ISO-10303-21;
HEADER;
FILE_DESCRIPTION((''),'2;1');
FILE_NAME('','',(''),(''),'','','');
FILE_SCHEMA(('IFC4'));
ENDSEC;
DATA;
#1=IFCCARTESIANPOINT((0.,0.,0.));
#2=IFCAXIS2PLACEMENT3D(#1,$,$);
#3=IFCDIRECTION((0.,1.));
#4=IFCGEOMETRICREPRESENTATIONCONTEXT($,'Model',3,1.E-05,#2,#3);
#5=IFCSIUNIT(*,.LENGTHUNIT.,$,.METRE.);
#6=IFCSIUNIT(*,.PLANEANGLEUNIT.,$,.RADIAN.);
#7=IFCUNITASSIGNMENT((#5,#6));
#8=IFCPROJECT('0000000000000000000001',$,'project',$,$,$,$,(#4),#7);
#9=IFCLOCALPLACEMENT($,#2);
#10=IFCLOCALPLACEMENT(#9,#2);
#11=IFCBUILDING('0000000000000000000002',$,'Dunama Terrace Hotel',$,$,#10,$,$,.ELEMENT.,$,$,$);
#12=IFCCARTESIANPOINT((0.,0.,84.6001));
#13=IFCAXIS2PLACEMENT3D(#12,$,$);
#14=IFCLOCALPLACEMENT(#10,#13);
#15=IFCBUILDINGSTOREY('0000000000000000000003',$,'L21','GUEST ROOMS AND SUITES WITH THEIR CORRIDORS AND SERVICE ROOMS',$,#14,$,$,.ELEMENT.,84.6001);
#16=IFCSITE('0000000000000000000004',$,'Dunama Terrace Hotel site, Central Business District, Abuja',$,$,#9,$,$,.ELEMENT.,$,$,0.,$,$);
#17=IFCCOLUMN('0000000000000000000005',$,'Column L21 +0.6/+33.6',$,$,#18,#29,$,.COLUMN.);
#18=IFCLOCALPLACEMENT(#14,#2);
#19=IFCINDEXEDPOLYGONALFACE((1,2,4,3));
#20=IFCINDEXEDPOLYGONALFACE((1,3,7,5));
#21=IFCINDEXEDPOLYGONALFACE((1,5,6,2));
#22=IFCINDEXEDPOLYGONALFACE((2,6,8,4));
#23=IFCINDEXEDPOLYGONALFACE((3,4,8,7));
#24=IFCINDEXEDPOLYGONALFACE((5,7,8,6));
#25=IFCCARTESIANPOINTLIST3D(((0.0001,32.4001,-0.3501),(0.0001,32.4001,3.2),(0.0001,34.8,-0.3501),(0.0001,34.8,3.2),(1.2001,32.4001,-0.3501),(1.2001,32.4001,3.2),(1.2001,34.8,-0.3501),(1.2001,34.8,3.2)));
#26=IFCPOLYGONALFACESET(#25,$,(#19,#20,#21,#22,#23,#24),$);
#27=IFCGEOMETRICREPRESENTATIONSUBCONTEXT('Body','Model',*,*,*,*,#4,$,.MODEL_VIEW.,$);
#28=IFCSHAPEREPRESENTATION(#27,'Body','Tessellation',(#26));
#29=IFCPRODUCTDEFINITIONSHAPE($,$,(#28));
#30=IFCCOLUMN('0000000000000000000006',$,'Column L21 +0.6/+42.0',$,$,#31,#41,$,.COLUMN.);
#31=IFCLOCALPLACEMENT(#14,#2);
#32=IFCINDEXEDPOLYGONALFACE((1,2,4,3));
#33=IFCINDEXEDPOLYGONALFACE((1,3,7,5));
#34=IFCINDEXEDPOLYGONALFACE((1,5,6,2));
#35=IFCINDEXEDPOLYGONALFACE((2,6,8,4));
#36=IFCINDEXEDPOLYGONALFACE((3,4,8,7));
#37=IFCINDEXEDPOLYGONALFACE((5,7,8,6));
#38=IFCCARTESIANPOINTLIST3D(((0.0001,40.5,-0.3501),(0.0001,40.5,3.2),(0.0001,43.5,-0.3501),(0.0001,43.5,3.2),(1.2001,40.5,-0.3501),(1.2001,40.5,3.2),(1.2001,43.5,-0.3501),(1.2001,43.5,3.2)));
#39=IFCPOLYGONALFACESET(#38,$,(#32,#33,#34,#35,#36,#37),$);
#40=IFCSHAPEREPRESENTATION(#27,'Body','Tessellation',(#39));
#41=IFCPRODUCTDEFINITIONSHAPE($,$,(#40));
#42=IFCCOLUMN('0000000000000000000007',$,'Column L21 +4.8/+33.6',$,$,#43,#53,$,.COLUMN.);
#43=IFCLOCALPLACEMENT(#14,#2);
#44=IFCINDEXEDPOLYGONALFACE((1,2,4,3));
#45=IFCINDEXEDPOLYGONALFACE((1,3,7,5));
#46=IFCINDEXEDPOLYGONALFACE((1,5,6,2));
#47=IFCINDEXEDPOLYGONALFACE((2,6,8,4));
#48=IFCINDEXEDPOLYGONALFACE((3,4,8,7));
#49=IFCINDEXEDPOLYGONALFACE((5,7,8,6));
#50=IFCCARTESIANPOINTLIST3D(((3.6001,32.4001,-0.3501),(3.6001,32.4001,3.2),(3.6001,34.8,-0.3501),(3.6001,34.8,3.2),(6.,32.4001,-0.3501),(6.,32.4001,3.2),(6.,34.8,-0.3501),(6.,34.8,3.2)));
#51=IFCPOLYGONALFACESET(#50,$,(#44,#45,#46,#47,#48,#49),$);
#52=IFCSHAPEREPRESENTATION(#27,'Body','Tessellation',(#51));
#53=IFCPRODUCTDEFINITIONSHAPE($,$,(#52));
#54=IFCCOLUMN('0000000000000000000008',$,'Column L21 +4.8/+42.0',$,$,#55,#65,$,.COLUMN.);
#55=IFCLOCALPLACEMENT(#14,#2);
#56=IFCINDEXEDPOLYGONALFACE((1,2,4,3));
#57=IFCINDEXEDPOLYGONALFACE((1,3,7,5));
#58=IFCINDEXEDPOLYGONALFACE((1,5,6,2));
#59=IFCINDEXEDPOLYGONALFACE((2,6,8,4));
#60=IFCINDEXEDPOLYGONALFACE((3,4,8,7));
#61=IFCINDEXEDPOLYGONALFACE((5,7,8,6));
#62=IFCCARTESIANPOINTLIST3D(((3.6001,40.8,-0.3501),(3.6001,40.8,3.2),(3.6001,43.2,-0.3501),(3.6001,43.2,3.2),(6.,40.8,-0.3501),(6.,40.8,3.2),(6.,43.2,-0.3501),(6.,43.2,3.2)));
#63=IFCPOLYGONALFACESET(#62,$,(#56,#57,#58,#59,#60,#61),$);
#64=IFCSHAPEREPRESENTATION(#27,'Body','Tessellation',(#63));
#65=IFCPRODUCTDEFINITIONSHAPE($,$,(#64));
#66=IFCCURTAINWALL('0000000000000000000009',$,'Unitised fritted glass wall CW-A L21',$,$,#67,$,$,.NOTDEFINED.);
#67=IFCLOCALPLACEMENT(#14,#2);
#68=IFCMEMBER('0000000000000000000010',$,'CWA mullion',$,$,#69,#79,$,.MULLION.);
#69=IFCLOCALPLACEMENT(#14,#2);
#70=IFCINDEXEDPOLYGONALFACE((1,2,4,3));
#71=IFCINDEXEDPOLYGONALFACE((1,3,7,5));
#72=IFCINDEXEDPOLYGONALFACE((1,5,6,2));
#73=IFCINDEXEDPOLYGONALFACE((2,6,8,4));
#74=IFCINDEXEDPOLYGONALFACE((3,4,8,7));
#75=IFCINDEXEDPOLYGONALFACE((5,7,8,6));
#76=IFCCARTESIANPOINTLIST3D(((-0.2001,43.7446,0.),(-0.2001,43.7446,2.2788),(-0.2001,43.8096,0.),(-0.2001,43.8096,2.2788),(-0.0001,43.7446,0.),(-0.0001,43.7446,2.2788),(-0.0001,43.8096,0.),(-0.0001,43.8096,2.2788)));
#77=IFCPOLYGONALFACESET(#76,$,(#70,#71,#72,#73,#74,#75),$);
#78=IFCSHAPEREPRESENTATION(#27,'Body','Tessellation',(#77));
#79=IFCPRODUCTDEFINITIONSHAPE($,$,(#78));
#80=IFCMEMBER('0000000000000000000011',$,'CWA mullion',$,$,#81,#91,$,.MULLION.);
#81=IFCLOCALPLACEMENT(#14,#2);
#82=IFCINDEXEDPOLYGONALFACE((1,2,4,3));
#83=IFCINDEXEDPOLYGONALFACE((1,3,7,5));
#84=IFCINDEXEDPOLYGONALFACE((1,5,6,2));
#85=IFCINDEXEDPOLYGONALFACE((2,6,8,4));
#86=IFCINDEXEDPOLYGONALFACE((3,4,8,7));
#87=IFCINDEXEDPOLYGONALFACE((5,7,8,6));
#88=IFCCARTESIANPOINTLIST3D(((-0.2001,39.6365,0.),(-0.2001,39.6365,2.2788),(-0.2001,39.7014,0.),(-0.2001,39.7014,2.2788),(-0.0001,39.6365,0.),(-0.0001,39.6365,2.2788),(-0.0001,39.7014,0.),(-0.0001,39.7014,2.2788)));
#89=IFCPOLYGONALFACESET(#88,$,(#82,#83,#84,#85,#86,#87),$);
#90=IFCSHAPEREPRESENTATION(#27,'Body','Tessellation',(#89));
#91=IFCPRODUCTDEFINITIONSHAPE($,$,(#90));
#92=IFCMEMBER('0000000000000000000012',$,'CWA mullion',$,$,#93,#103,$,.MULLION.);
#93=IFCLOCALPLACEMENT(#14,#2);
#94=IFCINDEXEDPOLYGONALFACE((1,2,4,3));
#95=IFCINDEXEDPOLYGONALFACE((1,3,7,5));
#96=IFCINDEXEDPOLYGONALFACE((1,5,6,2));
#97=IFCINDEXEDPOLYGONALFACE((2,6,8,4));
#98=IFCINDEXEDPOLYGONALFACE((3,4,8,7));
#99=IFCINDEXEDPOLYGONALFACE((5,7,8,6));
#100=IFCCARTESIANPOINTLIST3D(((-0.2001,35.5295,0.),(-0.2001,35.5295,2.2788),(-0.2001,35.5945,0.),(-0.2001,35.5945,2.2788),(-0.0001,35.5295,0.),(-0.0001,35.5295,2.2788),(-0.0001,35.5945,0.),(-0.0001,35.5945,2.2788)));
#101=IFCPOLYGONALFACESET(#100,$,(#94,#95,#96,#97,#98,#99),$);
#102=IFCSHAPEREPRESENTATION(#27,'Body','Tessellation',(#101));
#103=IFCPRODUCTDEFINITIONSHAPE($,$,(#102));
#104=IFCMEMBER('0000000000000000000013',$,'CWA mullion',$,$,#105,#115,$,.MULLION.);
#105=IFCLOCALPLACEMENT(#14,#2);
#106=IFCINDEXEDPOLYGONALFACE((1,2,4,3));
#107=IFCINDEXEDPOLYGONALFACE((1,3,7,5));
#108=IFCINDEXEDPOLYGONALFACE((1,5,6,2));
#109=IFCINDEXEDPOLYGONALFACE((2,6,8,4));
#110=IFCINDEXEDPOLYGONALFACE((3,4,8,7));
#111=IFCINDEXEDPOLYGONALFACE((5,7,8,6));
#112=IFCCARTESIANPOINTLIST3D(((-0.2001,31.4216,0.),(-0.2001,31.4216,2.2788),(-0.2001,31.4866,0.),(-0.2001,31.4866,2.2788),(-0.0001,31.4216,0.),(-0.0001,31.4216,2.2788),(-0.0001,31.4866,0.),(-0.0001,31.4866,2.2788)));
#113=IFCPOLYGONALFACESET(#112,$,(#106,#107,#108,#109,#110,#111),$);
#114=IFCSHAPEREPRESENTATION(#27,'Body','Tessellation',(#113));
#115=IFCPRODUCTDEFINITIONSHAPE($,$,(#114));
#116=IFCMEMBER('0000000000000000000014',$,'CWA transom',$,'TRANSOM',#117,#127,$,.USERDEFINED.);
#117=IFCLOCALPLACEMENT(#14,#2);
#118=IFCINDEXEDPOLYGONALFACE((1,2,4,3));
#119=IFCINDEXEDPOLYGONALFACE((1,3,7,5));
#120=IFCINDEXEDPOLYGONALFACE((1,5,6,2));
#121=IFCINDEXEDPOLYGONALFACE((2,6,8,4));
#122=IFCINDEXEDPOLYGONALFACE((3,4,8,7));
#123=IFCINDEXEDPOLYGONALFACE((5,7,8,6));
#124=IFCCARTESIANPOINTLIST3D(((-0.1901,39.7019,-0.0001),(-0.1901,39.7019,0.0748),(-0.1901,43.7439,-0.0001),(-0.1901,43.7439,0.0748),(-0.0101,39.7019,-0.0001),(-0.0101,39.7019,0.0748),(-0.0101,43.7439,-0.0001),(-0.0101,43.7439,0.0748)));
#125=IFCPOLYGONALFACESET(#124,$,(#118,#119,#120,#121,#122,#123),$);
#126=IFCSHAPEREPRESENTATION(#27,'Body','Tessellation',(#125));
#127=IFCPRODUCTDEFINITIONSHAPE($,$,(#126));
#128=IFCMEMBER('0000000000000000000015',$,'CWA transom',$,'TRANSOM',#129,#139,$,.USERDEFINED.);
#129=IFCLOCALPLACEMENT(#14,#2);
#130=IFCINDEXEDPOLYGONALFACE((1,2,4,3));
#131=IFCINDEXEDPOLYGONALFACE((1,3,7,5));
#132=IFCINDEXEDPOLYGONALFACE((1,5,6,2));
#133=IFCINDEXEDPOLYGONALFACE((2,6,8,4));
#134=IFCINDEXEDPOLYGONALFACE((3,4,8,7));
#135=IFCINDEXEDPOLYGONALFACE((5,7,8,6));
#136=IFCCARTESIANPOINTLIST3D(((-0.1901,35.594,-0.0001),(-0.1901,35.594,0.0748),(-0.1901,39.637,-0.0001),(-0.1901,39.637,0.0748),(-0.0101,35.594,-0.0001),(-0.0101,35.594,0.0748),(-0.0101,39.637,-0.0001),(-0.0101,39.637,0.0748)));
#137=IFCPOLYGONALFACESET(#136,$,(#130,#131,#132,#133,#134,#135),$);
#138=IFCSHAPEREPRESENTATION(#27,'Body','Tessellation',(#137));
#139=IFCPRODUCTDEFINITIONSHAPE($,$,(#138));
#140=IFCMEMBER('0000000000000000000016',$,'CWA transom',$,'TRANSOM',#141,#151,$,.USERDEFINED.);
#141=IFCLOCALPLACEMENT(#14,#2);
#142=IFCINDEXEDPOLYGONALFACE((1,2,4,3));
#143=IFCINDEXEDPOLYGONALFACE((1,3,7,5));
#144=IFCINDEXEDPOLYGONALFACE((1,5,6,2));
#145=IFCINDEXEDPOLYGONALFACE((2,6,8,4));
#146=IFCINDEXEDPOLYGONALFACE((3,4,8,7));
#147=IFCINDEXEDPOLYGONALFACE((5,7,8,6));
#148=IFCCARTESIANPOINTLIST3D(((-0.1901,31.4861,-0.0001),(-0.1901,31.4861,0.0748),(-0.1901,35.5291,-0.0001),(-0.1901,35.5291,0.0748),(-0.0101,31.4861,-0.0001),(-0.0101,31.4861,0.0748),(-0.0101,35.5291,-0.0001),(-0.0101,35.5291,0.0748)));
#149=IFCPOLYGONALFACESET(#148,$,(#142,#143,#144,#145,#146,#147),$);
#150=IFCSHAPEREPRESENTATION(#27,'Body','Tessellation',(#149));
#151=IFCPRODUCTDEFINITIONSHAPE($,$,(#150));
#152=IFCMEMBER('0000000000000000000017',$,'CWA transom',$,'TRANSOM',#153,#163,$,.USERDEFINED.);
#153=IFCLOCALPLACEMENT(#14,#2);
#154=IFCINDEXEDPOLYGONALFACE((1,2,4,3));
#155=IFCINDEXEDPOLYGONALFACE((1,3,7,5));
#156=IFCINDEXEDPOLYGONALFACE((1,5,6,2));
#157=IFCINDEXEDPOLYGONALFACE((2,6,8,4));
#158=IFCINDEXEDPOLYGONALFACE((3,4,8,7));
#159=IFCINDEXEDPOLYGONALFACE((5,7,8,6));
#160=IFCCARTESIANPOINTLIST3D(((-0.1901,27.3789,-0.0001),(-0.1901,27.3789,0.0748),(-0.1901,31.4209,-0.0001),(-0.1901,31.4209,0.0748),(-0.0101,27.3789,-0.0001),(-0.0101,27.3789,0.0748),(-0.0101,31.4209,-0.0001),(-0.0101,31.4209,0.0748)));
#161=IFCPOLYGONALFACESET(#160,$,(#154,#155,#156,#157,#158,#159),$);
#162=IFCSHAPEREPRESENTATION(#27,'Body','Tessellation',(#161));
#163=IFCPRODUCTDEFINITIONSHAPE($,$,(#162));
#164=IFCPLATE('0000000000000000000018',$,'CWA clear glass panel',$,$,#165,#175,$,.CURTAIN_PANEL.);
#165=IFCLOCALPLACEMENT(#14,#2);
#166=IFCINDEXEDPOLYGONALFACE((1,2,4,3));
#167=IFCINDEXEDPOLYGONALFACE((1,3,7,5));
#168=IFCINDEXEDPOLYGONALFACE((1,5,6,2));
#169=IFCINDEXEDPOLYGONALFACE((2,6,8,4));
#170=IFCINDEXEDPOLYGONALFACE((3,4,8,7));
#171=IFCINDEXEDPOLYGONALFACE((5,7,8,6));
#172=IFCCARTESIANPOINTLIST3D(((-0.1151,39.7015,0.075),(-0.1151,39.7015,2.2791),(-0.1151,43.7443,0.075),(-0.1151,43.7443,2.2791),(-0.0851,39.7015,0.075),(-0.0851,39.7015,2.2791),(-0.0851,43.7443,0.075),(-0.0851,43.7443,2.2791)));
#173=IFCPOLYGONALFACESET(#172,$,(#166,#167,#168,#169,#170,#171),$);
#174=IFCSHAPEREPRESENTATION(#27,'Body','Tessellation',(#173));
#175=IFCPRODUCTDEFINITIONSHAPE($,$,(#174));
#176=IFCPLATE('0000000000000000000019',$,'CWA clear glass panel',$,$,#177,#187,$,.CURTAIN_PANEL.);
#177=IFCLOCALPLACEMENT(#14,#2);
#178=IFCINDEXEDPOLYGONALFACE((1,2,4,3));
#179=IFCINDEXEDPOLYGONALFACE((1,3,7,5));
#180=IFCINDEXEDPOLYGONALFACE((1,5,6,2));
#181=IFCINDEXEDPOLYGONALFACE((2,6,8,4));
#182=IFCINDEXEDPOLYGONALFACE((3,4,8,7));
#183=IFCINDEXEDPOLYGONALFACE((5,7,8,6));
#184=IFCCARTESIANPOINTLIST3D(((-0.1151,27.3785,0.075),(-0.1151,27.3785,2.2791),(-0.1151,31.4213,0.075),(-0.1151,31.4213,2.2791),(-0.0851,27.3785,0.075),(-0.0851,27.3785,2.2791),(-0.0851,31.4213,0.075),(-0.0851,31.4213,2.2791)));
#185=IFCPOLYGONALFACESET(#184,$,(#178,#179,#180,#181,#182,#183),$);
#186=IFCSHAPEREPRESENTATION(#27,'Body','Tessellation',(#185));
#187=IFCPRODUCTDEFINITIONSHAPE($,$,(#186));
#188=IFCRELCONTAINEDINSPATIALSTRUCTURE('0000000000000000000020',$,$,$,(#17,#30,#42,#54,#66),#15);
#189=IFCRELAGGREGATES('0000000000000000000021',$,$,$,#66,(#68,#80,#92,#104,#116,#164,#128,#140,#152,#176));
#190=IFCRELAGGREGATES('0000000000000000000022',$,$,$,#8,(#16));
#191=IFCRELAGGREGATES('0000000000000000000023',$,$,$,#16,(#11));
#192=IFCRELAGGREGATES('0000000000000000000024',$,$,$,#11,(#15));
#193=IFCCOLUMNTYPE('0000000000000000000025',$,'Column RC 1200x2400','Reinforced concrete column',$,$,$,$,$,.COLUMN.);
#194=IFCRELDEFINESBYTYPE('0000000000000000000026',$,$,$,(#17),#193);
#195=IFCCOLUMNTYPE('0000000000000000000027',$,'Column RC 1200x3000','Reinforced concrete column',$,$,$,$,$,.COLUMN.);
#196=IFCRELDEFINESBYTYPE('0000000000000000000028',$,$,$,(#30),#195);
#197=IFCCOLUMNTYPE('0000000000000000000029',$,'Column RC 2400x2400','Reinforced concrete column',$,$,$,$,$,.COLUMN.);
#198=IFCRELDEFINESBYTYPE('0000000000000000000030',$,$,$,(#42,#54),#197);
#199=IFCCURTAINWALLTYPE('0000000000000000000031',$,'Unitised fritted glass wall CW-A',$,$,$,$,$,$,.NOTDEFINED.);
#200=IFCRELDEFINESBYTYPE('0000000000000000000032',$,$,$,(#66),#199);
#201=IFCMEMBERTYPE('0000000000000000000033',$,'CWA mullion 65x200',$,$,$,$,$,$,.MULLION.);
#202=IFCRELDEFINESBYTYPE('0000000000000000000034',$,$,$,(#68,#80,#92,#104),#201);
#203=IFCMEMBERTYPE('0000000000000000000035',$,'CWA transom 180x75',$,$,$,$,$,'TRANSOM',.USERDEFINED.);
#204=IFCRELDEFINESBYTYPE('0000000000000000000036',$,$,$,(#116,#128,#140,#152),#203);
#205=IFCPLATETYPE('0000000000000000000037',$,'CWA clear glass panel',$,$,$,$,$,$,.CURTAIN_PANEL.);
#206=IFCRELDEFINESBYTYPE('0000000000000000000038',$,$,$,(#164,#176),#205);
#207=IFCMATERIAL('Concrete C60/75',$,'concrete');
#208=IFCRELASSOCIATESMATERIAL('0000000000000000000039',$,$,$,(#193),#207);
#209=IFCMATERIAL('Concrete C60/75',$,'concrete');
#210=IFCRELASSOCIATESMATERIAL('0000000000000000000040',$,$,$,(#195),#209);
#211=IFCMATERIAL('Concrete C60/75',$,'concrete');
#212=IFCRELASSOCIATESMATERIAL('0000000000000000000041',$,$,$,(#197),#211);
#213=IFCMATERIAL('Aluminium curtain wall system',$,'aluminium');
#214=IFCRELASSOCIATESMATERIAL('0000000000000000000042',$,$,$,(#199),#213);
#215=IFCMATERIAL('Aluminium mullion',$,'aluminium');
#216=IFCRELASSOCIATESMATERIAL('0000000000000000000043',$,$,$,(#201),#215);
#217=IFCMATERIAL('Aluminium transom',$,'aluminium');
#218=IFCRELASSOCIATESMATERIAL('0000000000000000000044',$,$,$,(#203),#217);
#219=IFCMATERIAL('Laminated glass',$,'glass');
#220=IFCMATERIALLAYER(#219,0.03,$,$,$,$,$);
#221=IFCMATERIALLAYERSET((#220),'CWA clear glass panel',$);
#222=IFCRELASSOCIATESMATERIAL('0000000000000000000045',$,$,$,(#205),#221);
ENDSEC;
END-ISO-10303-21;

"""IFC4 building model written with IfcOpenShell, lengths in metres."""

from ifc_helpers import new_model, si_unit, direction, frame, origin, origin_2d, place, context, subcontext, project, spatial, rectangle, extrude, material, layer, layer_set, material_profile, profile_set, type_object, element, aggregate, save


model = new_model("IFC4")

# Units and contexts
model_context = context("Model", 3, precision=1e-05, world=origin(), true_north=direction((0.0, 1.0)))
body_context = subcontext(model_context, "Body", "Model", "MODEL_VIEW")
ifc_project = project(units=[si_unit("LENGTHUNIT", "METRE"), si_unit("PLANEANGLEUNIT", "RADIAN")], contexts=[model_context])

# Site, building, storey
site_placement = place(None, origin())
site = spatial("IfcSite", under=ifc_project, at=site_placement, Name="Dunama Terrace Hotel site, Central Business District, Abuja", CompositionType="ELEMENT", RefElevation=0.0)
building_placement = place(site_placement, origin())
building = spatial("IfcBuilding", under=site, at=building_placement, Name="Dunama Terrace Hotel", CompositionType="ELEMENT")
storey_placement = place(building_placement, frame((0.0, 0.0, 84.6001)))
storey = spatial("IfcBuildingStorey", under=building, at=storey_placement, Name="L21", Description="GUEST ROOMS AND SUITES WITH THEIR CORRIDORS AND SERVICE ROOMS", CompositionType="ELEMENT", Elevation=84.6001)

# Columns
ifc_material_1 = material(Name="Concrete C60/75", Category="concrete")
ifc_material_profile_1 = material_profile(ifc_material_1, rectangle(XDim=1.2, YDim=2.3999, at=origin_2d()), Name="RC 1200x2400")
ifc_profile_set_1 = profile_set([ifc_material_profile_1], Name="Concrete C60/75")
column_type_1 = type_object("IfcColumnType", Name="Column RC 1200x2400", Description="Reinforced concrete column", PredefinedType="COLUMN", material=ifc_profile_set_1)
column_1_placement = place(storey_placement, frame((0.6001, 33.6001, -0.3501), z_axis=(0.0, 0.0, 1.0), x_axis=(1.0, 0.0, 0.0)))
element("IfcColumn", 1, at=column_1_placement, inside=storey, type_object=column_type_1, Name="Column L21 +0.6/+33.6", PredefinedType="COLUMN", context=body_context, shape_type="SweptSolid", body=[
    extrude(rectangle(XDim=1.2, YDim=2.3999, at=origin_2d()), origin(), (0.0, 0.0, 1.0), 3.55),
])
ifc_material_2 = material(Name="Concrete C60/75", Category="concrete")
ifc_material_profile_2 = material_profile(ifc_material_2, rectangle(XDim=1.2, YDim=3.0, at=origin_2d()), Name="RC 1200x3000")
ifc_profile_set_2 = profile_set([ifc_material_profile_2], Name="Concrete C60/75")
column_type_2 = type_object("IfcColumnType", Name="Column RC 1200x3000", Description="Reinforced concrete column", PredefinedType="COLUMN", material=ifc_profile_set_2)
column_2_placement = place(storey_placement, frame((0.6001, 42.0, -0.3501), z_axis=(0.0, 0.0, 1.0), x_axis=(1.0, 0.0, 0.0)))
element("IfcColumn", 2, at=column_2_placement, inside=storey, type_object=column_type_2, Name="Column L21 +0.6/+42.0", PredefinedType="COLUMN", context=body_context, shape_type="SweptSolid", body=[
    extrude(rectangle(XDim=1.2, YDim=3.0, at=origin_2d()), origin(), (0.0, 0.0, 1.0), 3.55),
])
ifc_material_3 = material(Name="Concrete C60/75", Category="concrete")
ifc_material_profile_3 = material_profile(ifc_material_3, rectangle(XDim=2.3999, YDim=2.3999, at=origin_2d()), Name="RC 2400x2400")
ifc_profile_set_3 = profile_set([ifc_material_profile_3], Name="Concrete C60/75")
column_type_3 = type_object("IfcColumnType", Name="Column RC 2400x2400", Description="Reinforced concrete column", PredefinedType="COLUMN", material=ifc_profile_set_3)
for number, where, z_axis, x_axis, name in (
    (3, (4.8, 33.6001, -0.3501), (0.0, 0.0, 1.0), (1.0, 0.0, 0.0), "Column L21 +4.8/+33.6"),
    (4, (4.8, 42.0, -0.3501), (0.0, 0.0, 1.0), (1.0, 0.0, 0.0), "Column L21 +4.8/+42.0"),
):
    element("IfcColumn", number, at=place(storey_placement, frame(where, z_axis=z_axis, x_axis=x_axis)), inside=storey, type_object=column_type_3, Name=name, PredefinedType="COLUMN", context=body_context, shape_type="SweptSolid", body=[
        extrude(rectangle(XDim=2.3999, YDim=2.3999, at=origin_2d()), origin(), (0.0, 0.0, 1.0), 3.55),
    ])

# Curtain wall, members, plates
ifc_material_4 = material(Name="Aluminium curtain wall system", Category="aluminium")
curtain_wall_type = type_object("IfcCurtainWallType", Name="Unitised fritted glass wall CW-A", PredefinedType="NOTDEFINED", material=ifc_material_4)
curtain_wall_placement = place(storey_placement, origin())
curtain_wall = element("IfcCurtainWall", 5, at=curtain_wall_placement, inside=storey, type_object=curtain_wall_type, Name="Unitised fritted glass wall CW-A L21", PredefinedType="NOTDEFINED")
ifc_material_5 = material(Name="Aluminium mullion", Category="aluminium")
ifc_material_profile_4 = material_profile(ifc_material_5, rectangle(XDim=0.0649, YDim=0.2, at=origin_2d()), Name="CWA MULLION 65X200")
ifc_profile_set_4 = profile_set([ifc_material_profile_4], Name="Aluminium mullion")
member_type_1 = type_object("IfcMemberType", Name="CWA mullion 65x200", PredefinedType="MULLION", material=ifc_profile_set_4)
member_1_placement = place(storey_placement, frame((-0.1001, 43.7771, 0.0), z_axis=(0.0, 0.0, 1.0), x_axis=(0.0, -1.0, 0.0)))
member_1 = element("IfcMember", 6, at=member_1_placement, type_object=member_type_1, Name="CWA mullion", PredefinedType="MULLION", context=body_context, shape_type="SweptSolid", body=[
    extrude(rectangle(XDim=0.0649, YDim=0.2, at=origin_2d()), origin(), (0.0, 0.0, 1.0), 2.2788),
])
member_2_placement = place(storey_placement, frame((-0.1001, 39.6689, 0.0), z_axis=(0.0, 0.0, 1.0), x_axis=(0.0, -1.0, 0.0)))
member_2 = element("IfcMember", 7, at=member_2_placement, type_object=member_type_1, Name="CWA mullion", PredefinedType="MULLION", context=body_context, shape_type="SweptSolid", body=[
    extrude(rectangle(XDim=0.0649, YDim=0.2, at=origin_2d()), origin(), (0.0, 0.0, 1.0), 2.2788),
])
member_3_placement = place(storey_placement, frame((-0.1001, 35.562, 0.0), z_axis=(0.0, 0.0, 1.0), x_axis=(0.0, -1.0, 0.0)))
member_3 = element("IfcMember", 8, at=member_3_placement, type_object=member_type_1, Name="CWA mullion", PredefinedType="MULLION", context=body_context, shape_type="SweptSolid", body=[
    extrude(rectangle(XDim=0.0649, YDim=0.2, at=origin_2d()), origin(), (0.0, 0.0, 1.0), 2.2788),
])
member_4_placement = place(storey_placement, frame((-0.1001, 31.4541, 0.0), z_axis=(0.0, 0.0, 1.0), x_axis=(0.0, -1.0, 0.0)))
member_4 = element("IfcMember", 9, at=member_4_placement, type_object=member_type_1, Name="CWA mullion", PredefinedType="MULLION", context=body_context, shape_type="SweptSolid", body=[
    extrude(rectangle(XDim=0.0649, YDim=0.2, at=origin_2d()), origin(), (0.0, 0.0, 1.0), 2.2788),
])
ifc_material_6 = material(Name="Aluminium transom", Category="aluminium")
ifc_material_profile_5 = material_profile(ifc_material_6, rectangle(XDim=0.1799, YDim=0.075, at=origin_2d()), Name="CWA TRANSOM 180X75")
ifc_profile_set_5 = profile_set([ifc_material_profile_5], Name="Aluminium transom")
member_type_2 = type_object("IfcMemberType", Name="CWA transom 180x75", ElementType="TRANSOM", PredefinedType="USERDEFINED", material=ifc_profile_set_5)
member_5_placement = place(storey_placement, frame((-0.1001, 43.7439, 0.0374), z_axis=(0.0, -1.0, 0.0), x_axis=(1.0, 0.0, 0.0)))
member_5 = element("IfcMember", 10, at=member_5_placement, type_object=member_type_2, Name="CWA transom", ObjectType="TRANSOM", PredefinedType="USERDEFINED", context=body_context, shape_type="SweptSolid", body=[
    extrude(rectangle(XDim=0.1799, YDim=0.075, at=origin_2d()), origin(), (0.0, 0.0, 1.0), 4.042),
])
member_6_placement = place(storey_placement, frame((-0.1001, 39.637, 0.0374), z_axis=(0.0, -1.0, 0.0), x_axis=(1.0, 0.0, 0.0)))
member_6 = element("IfcMember", 11, at=member_6_placement, type_object=member_type_2, Name="CWA transom", ObjectType="TRANSOM", PredefinedType="USERDEFINED", context=body_context, shape_type="SweptSolid", body=[
    extrude(rectangle(XDim=0.1799, YDim=0.075, at=origin_2d()), origin(), (0.0, 0.0, 1.0), 4.043),
])
member_7_placement = place(storey_placement, frame((-0.1001, 35.5291, 0.0374), z_axis=(0.0, -1.0, 0.0), x_axis=(1.0, 0.0, 0.0)))
member_7 = element("IfcMember", 12, at=member_7_placement, type_object=member_type_2, Name="CWA transom", ObjectType="TRANSOM", PredefinedType="USERDEFINED", context=body_context, shape_type="SweptSolid", body=[
    extrude(rectangle(XDim=0.1799, YDim=0.075, at=origin_2d()), origin(), (0.0, 0.0, 1.0), 4.043),
])
member_8_placement = place(storey_placement, frame((-0.1001, 31.4209, 0.0374), z_axis=(0.0, -1.0, 0.0), x_axis=(1.0, 0.0, 0.0)))
member_8 = element("IfcMember", 13, at=member_8_placement, type_object=member_type_2, Name="CWA transom", ObjectType="TRANSOM", PredefinedType="USERDEFINED", context=body_context, shape_type="SweptSolid", body=[
    extrude(rectangle(XDim=0.1799, YDim=0.075, at=origin_2d()), origin(), (0.0, 0.0, 1.0), 4.042),
])
ifc_material_7 = material(Name="Laminated glass", Category="glass")
ifc_layer_1 = layer(ifc_material_7, 0.03)
ifc_layer_set_1 = layer_set([ifc_layer_1], Name="CWA clear glass panel")
plate_type_1 = type_object("IfcPlateType", Name="CWA clear glass panel", PredefinedType="CURTAIN_PANEL", material=ifc_layer_set_1)
plate_1_placement = place(storey_placement, frame((-0.1001, 41.7229, 0.075), z_axis=(0.0, 0.0, 1.0), x_axis=(0.0, -1.0, 0.0)))
plate_1 = element("IfcPlate", 14, at=plate_1_placement, type_object=plate_type_1, Name="CWA clear glass panel", PredefinedType="CURTAIN_PANEL", context=body_context, shape_type="SweptSolid", body=[
    extrude(rectangle(XDim=4.0427, YDim=0.03, at=origin_2d()), origin(), (0.0, 0.0, 1.0), 2.2041),
])
plate_2_placement = place(storey_placement, frame((-0.1001, 29.3999, 0.075), z_axis=(0.0, 0.0, 1.0), x_axis=(0.0, -1.0, 0.0)))
plate_2 = element("IfcPlate", 15, at=plate_2_placement, type_object=plate_type_1, Name="CWA clear glass panel", PredefinedType="CURTAIN_PANEL", context=body_context, shape_type="SweptSolid", body=[
    extrude(rectangle(XDim=4.0427, YDim=0.03, at=origin_2d()), origin(), (0.0, 0.0, 1.0), 2.2041),
])
aggregate(curtain_wall, [member_1, member_2, member_3, member_4, member_5, plate_1, member_6, member_7, member_8, plate_2])

save(model, "model.ifc")
